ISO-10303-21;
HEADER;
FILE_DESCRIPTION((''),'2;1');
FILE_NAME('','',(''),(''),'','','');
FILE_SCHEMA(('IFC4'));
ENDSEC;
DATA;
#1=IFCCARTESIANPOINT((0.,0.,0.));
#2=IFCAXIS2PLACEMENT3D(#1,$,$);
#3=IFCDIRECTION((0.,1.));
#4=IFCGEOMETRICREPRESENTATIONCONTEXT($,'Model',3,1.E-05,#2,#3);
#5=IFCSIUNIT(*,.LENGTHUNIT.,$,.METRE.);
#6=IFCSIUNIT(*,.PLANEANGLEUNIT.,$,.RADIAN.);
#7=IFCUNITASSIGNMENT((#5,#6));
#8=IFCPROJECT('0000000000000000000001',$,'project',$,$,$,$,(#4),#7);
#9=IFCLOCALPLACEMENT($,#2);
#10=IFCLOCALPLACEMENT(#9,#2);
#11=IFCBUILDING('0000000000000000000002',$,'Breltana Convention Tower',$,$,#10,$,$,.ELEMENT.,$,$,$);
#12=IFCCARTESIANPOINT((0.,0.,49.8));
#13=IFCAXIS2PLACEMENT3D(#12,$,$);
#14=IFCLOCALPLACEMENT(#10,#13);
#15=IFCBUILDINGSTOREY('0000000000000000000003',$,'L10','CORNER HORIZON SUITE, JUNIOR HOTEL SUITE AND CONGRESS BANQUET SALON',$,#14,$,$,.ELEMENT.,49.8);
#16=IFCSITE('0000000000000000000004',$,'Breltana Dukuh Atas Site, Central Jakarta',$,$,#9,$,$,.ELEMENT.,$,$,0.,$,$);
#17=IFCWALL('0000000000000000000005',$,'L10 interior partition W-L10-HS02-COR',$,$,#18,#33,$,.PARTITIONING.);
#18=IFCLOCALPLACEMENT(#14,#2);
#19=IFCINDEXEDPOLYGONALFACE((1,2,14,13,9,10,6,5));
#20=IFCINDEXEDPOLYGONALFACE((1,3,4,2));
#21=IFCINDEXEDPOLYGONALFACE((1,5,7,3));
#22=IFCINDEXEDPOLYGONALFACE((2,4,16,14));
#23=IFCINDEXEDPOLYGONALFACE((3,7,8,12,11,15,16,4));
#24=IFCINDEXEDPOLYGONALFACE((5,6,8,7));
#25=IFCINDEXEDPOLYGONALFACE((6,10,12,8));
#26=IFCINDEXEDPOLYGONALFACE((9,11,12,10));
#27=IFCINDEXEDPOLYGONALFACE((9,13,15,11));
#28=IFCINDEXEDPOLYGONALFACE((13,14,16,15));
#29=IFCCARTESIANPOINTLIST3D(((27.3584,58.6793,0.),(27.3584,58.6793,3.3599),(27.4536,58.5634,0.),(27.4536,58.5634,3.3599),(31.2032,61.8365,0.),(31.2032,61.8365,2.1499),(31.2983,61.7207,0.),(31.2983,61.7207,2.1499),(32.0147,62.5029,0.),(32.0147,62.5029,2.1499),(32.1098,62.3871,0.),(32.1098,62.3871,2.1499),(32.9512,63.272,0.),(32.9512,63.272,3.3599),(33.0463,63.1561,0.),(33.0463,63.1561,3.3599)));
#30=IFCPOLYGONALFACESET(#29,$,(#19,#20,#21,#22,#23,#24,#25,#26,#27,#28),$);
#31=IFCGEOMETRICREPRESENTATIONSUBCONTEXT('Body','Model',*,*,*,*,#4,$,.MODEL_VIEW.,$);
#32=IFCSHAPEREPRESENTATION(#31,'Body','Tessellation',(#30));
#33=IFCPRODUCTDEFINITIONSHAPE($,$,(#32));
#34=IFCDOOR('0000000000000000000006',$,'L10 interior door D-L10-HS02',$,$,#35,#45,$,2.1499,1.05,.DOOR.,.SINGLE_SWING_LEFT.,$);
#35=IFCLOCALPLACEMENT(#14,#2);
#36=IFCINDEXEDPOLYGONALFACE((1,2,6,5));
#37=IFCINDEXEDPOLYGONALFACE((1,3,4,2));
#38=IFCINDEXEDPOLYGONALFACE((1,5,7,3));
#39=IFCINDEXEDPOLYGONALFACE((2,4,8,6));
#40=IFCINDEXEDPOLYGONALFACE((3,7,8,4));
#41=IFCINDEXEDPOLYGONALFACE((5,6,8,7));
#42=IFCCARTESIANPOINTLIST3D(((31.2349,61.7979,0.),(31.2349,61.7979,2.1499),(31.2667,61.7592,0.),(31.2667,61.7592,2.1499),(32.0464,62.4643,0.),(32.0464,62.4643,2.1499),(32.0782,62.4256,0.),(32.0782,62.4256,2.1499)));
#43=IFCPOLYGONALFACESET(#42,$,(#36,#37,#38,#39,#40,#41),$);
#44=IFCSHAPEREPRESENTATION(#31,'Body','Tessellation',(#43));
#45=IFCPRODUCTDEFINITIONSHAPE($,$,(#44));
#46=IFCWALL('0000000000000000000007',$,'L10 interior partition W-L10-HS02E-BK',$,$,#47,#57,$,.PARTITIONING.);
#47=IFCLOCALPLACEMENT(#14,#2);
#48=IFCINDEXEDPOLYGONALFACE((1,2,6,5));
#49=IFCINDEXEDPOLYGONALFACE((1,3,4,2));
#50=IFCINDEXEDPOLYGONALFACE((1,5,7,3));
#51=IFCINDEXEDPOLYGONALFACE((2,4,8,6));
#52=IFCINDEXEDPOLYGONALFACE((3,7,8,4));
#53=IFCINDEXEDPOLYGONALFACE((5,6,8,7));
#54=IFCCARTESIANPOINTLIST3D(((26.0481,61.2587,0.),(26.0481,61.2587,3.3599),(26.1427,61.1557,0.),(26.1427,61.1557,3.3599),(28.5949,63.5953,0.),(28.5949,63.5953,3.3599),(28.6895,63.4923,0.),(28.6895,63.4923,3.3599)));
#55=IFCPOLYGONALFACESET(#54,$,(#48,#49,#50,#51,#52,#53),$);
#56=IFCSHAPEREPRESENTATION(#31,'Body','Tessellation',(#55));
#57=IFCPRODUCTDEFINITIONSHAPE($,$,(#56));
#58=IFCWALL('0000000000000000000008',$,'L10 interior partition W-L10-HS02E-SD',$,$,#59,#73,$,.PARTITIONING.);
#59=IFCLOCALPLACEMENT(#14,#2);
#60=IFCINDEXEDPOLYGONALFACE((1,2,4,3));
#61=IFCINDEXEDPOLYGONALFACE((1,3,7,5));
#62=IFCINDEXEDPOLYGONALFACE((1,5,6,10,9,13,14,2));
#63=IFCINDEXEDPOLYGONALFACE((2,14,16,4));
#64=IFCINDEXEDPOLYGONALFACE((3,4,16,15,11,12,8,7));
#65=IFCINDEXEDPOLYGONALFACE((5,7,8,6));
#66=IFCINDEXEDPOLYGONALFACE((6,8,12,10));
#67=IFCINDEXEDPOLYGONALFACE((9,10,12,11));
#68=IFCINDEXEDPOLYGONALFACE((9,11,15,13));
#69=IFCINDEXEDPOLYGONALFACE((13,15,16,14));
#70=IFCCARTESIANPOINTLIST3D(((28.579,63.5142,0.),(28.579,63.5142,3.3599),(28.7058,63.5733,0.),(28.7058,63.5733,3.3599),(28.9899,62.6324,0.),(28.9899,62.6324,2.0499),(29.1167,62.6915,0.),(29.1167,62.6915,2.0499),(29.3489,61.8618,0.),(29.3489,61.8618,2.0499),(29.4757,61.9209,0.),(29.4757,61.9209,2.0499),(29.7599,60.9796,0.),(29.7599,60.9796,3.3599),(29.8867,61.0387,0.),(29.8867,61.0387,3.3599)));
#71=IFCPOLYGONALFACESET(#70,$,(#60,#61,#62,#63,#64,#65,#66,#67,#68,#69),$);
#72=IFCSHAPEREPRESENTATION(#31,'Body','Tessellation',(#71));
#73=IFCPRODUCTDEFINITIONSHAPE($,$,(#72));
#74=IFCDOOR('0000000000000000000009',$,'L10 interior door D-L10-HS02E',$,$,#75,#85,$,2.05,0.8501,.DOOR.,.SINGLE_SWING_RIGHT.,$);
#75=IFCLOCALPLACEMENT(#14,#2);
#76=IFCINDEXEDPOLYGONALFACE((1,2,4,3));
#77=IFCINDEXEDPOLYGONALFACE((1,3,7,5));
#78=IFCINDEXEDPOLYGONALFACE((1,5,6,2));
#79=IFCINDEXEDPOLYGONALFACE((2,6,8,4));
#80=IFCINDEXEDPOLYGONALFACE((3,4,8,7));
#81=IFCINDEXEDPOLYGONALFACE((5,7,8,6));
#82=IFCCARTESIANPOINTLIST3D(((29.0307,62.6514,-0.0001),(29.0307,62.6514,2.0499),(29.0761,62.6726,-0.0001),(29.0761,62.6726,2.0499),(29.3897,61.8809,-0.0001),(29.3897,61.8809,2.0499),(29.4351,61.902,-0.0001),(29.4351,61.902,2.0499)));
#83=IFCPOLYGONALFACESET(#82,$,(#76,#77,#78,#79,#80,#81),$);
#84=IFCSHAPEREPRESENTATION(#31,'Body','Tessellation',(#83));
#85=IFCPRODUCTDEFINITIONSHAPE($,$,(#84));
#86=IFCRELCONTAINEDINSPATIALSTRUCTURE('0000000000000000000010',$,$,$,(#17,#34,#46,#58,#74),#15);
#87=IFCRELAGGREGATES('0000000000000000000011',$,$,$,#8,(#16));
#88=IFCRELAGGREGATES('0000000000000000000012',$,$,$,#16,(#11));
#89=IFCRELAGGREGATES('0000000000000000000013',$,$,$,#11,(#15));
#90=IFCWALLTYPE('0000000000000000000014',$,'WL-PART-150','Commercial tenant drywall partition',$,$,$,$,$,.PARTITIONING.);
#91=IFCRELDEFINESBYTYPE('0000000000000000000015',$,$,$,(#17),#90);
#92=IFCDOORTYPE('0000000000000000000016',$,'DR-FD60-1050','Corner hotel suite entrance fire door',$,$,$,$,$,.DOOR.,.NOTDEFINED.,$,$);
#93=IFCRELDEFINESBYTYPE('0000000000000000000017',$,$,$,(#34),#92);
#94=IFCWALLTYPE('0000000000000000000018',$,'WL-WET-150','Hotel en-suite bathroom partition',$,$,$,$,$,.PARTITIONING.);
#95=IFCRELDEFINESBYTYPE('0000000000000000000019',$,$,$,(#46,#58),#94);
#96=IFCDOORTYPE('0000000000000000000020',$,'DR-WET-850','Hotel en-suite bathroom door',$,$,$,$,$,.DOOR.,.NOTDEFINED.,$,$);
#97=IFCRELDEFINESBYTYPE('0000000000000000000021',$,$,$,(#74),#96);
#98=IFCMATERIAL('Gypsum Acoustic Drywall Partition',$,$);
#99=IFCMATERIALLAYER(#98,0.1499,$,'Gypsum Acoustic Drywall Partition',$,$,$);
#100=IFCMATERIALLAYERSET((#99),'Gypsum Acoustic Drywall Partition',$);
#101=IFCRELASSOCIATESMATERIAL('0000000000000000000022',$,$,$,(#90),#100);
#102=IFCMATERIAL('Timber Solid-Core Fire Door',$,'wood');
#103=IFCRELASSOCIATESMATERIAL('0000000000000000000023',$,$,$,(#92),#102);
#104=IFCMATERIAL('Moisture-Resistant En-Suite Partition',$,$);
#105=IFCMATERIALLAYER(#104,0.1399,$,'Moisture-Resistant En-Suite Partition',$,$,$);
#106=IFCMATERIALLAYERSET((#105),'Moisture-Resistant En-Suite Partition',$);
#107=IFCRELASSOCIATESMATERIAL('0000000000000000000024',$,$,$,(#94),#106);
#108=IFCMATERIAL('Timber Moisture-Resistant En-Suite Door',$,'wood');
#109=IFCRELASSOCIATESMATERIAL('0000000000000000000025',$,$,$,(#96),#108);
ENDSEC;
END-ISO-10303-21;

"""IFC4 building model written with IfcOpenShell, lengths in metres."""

from ifc_helpers import new_model, si_unit, direction, frame, frame_2d, origin, place, context, subcontext, project, spatial, rectangle, extrude, source, transform, mapped, material, layer, layer_set, type_object, type_shapes, element, fill, save


model = new_model("IFC4")

# Units and contexts
model_context = context("Model", 3, precision=1e-05, world=origin(), true_north=direction((0.0, 1.0)))
body_context = subcontext(model_context, "Body", "Model", "MODEL_VIEW")
ifc_project = project(units=[si_unit("LENGTHUNIT", "METRE"), si_unit("PLANEANGLEUNIT", "RADIAN")], contexts=[model_context])

# Site, building, storey
site_placement = place(None, origin())
site = spatial("IfcSite", under=ifc_project, at=site_placement, Name="Breltana Dukuh Atas Site, Central Jakarta", CompositionType="ELEMENT", RefElevation=0.0)
building_placement = place(site_placement, origin())
building = spatial("IfcBuilding", under=site, at=building_placement, Name="Breltana Convention Tower", CompositionType="ELEMENT")
storey_placement = place(building_placement, frame((0.0, 0.0, 49.8)))
storey = spatial("IfcBuildingStorey", under=building, at=storey_placement, Name="L10", Description="CORNER HORIZON SUITE, JUNIOR HOTEL SUITE AND CONGRESS BANQUET SALON", CompositionType="ELEMENT", Elevation=49.8)

# Shared definitions
ifc_material_1 = material(Name="Gypsum Acoustic Drywall Partition")
ifc_layer_1 = layer(ifc_material_1, 0.1499, Name="Gypsum Acoustic Drywall Partition")
ifc_layer_set_1 = layer_set([ifc_layer_1], Name="Gypsum Acoustic Drywall Partition")
wall_type_1 = type_object("IfcWallType", Name="WL-PART-150", Description="Commercial tenant drywall partition", PredefinedType="PARTITIONING", material=ifc_layer_set_1)

# Wall, opening, door
shared_shape_1 = source(origin(), body_context, "Body", "SweptSolid", [
    extrude(rectangle(XDim=7.2368, YDim=0.1499, at=frame_2d((3.6184, 0.0))), origin(), (0.0, 0.0, 1.0), 3.3599),
])
wall_1_placement = place(storey_placement, frame((27.406, 58.6213, 0.0), z_axis=(0.0, 0.0, 1.0), x_axis=(0.772814, 0.634633, 0.0)))
wall_1 = element("IfcWall", 1, at=wall_1_placement, inside=storey, type_object=wall_type_1, Name="L10 interior partition W-L10-HS02-COR", PredefinedType="PARTITIONING", context=body_context, shape_type="MappedRepresentation", body=[
    mapped(shared_shape_1, transform((0.0, 0.0, 0.0), scale=1.0)),
])
opening_1_placement = place(wall_1_placement, frame((4.9751, 0.0, 0.0)))
opening_1 = element("IfcOpeningElement", 2, at=opening_1_placement, cuts=wall_1, PredefinedType="OPENING", context=body_context, shape_type="SweptSolid", body=[
    extrude(rectangle(XDim=1.05, YDim=2.1499, at=frame_2d((0.5249, 1.075))), frame((0.0, 0.085, 0.0), z_axis=(0.0, -1.0, 0.0), x_axis=(1.0, 0.0, 0.0)), (0.0, 0.0, 1.0), 0.1699),
])
ifc_material_2 = material(Name="Timber Solid-Core Fire Door", Category="wood")
door_type_1 = type_object("IfcDoorType", Name="DR-FD60-1050", Description="Corner hotel suite entrance fire door", OperationType="NOTDEFINED", PredefinedType="DOOR", material=ifc_material_2)
shared_shape_2 = source(origin(), body_context, "Body", "SweptSolid", [
    extrude(rectangle(XDim=1.05, YDim=2.1499, at=frame_2d((0.5249, 1.075))), frame((0.0, 0.0249, 0.0), z_axis=(0.0, -1.0, 0.0), x_axis=(1.0, 0.0, 0.0)), (0.0, 0.0, 1.0), 0.05),
])
type_shapes(door_type_1, [shared_shape_2])
door_1_placement = place(opening_1_placement, origin())
door_1 = element("IfcDoor", 3, at=door_1_placement, inside=storey, type_object=door_type_1, Name="L10 interior door D-L10-HS02", OperationType="SINGLE_SWING_LEFT", OverallHeight=2.1499, OverallWidth=1.05, PredefinedType="DOOR", context=body_context, shape_type="MappedRepresentation", body=[
    mapped(shared_shape_2, transform((0.0, 0.0, 0.0), scale=1.0)),
])
fill(opening_1, door_1)

# Wall
ifc_material_3 = material(Name="Moisture-Resistant En-Suite Partition")
ifc_layer_2 = layer(ifc_material_3, 0.1399, Name="Moisture-Resistant En-Suite Partition")
ifc_layer_set_2 = layer_set([ifc_layer_2], Name="Moisture-Resistant En-Suite Partition")
wall_type_2 = type_object("IfcWallType", Name="WL-WET-150", Description="Hotel en-suite bathroom partition", PredefinedType="PARTITIONING", material=ifc_layer_set_2)
shared_shape_3 = source(origin(), body_context, "Body", "SweptSolid", [
    extrude(rectangle(XDim=3.4563, YDim=0.1399, at=frame_2d((1.728, 0.0))), origin(), (0.0, 0.0, 1.0), 3.3599),
])
wall_2_placement = place(storey_placement, frame((26.0955, 61.2073, 0.0), z_axis=(0.0, 0.0, 1.0), x_axis=(0.736861, 0.676044, 0.0)))
element("IfcWall", 4, at=wall_2_placement, inside=storey, type_object=wall_type_2, Name="L10 interior partition W-L10-HS02E-BK", PredefinedType="PARTITIONING", context=body_context, shape_type="MappedRepresentation", body=[
    mapped(shared_shape_3, transform((0.0, 0.0, 0.0), scale=1.0)),
])

# Wall, opening, door
shared_shape_4 = source(origin(), body_context, "Body", "SweptSolid", [
    extrude(rectangle(XDim=2.7961, YDim=0.1399, at=frame_2d((1.3979, 0.0))), origin(), (0.0, 0.0, 1.0), 3.3599),
])
wall_3_placement = place(storey_placement, frame((29.8232, 61.0093, 0.0), z_axis=(0.0, 0.0, 1.0), x_axis=(-0.422317, 0.906448, 0.0)))
wall_3 = element("IfcWall", 5, at=wall_3_placement, inside=storey, type_object=wall_type_2, Name="L10 interior partition W-L10-HS02E-SD", PredefinedType="PARTITIONING", context=body_context, shape_type="MappedRepresentation", body=[
    mapped(shared_shape_4, transform((0.0, 0.0, 0.0), scale=1.0)),
])
opening_2_placement = place(wall_3_placement, frame((0.9731, 0.0, 0.0)))
opening_2 = element("IfcOpeningElement", 6, at=opening_2_placement, cuts=wall_3, PredefinedType="OPENING", context=body_context, shape_type="SweptSolid", body=[
    extrude(rectangle(XDim=0.8501, YDim=2.05, at=frame_2d((0.425, 1.0249))), frame((0.0, 0.0801, 0.0), z_axis=(0.0, -1.0, 0.0), x_axis=(1.0, 0.0, 0.0)), (0.0, 0.0, 1.0), 0.1599),
])
ifc_material_4 = material(Name="Timber Moisture-Resistant En-Suite Door", Category="wood")
door_type_2 = type_object("IfcDoorType", Name="DR-WET-850", Description="Hotel en-suite bathroom door", OperationType="NOTDEFINED", PredefinedType="DOOR", material=ifc_material_4)
shared_shape_5 = source(origin(), body_context, "Body", "SweptSolid", [
    extrude(rectangle(XDim=0.8501, YDim=2.05, at=frame_2d((0.425, 1.0249))), frame((0.0, 0.0249, 0.0), z_axis=(0.0, -1.0, 0.0), x_axis=(1.0, 0.0, 0.0)), (0.0, 0.0, 1.0), 0.05),
])
type_shapes(door_type_2, [shared_shape_5])
door_2_placement = place(opening_2_placement, origin())
door_2 = element("IfcDoor", 7, at=door_2_placement, inside=storey, type_object=door_type_2, Name="L10 interior door D-L10-HS02E", OperationType="SINGLE_SWING_RIGHT", OverallHeight=2.05, OverallWidth=0.8501, PredefinedType="DOOR", context=body_context, shape_type="MappedRepresentation", body=[
    mapped(shared_shape_5, transform((0.0, 0.0, 0.0), scale=1.0)),
])
fill(opening_2, door_2)

save(model, "model.ifc")
